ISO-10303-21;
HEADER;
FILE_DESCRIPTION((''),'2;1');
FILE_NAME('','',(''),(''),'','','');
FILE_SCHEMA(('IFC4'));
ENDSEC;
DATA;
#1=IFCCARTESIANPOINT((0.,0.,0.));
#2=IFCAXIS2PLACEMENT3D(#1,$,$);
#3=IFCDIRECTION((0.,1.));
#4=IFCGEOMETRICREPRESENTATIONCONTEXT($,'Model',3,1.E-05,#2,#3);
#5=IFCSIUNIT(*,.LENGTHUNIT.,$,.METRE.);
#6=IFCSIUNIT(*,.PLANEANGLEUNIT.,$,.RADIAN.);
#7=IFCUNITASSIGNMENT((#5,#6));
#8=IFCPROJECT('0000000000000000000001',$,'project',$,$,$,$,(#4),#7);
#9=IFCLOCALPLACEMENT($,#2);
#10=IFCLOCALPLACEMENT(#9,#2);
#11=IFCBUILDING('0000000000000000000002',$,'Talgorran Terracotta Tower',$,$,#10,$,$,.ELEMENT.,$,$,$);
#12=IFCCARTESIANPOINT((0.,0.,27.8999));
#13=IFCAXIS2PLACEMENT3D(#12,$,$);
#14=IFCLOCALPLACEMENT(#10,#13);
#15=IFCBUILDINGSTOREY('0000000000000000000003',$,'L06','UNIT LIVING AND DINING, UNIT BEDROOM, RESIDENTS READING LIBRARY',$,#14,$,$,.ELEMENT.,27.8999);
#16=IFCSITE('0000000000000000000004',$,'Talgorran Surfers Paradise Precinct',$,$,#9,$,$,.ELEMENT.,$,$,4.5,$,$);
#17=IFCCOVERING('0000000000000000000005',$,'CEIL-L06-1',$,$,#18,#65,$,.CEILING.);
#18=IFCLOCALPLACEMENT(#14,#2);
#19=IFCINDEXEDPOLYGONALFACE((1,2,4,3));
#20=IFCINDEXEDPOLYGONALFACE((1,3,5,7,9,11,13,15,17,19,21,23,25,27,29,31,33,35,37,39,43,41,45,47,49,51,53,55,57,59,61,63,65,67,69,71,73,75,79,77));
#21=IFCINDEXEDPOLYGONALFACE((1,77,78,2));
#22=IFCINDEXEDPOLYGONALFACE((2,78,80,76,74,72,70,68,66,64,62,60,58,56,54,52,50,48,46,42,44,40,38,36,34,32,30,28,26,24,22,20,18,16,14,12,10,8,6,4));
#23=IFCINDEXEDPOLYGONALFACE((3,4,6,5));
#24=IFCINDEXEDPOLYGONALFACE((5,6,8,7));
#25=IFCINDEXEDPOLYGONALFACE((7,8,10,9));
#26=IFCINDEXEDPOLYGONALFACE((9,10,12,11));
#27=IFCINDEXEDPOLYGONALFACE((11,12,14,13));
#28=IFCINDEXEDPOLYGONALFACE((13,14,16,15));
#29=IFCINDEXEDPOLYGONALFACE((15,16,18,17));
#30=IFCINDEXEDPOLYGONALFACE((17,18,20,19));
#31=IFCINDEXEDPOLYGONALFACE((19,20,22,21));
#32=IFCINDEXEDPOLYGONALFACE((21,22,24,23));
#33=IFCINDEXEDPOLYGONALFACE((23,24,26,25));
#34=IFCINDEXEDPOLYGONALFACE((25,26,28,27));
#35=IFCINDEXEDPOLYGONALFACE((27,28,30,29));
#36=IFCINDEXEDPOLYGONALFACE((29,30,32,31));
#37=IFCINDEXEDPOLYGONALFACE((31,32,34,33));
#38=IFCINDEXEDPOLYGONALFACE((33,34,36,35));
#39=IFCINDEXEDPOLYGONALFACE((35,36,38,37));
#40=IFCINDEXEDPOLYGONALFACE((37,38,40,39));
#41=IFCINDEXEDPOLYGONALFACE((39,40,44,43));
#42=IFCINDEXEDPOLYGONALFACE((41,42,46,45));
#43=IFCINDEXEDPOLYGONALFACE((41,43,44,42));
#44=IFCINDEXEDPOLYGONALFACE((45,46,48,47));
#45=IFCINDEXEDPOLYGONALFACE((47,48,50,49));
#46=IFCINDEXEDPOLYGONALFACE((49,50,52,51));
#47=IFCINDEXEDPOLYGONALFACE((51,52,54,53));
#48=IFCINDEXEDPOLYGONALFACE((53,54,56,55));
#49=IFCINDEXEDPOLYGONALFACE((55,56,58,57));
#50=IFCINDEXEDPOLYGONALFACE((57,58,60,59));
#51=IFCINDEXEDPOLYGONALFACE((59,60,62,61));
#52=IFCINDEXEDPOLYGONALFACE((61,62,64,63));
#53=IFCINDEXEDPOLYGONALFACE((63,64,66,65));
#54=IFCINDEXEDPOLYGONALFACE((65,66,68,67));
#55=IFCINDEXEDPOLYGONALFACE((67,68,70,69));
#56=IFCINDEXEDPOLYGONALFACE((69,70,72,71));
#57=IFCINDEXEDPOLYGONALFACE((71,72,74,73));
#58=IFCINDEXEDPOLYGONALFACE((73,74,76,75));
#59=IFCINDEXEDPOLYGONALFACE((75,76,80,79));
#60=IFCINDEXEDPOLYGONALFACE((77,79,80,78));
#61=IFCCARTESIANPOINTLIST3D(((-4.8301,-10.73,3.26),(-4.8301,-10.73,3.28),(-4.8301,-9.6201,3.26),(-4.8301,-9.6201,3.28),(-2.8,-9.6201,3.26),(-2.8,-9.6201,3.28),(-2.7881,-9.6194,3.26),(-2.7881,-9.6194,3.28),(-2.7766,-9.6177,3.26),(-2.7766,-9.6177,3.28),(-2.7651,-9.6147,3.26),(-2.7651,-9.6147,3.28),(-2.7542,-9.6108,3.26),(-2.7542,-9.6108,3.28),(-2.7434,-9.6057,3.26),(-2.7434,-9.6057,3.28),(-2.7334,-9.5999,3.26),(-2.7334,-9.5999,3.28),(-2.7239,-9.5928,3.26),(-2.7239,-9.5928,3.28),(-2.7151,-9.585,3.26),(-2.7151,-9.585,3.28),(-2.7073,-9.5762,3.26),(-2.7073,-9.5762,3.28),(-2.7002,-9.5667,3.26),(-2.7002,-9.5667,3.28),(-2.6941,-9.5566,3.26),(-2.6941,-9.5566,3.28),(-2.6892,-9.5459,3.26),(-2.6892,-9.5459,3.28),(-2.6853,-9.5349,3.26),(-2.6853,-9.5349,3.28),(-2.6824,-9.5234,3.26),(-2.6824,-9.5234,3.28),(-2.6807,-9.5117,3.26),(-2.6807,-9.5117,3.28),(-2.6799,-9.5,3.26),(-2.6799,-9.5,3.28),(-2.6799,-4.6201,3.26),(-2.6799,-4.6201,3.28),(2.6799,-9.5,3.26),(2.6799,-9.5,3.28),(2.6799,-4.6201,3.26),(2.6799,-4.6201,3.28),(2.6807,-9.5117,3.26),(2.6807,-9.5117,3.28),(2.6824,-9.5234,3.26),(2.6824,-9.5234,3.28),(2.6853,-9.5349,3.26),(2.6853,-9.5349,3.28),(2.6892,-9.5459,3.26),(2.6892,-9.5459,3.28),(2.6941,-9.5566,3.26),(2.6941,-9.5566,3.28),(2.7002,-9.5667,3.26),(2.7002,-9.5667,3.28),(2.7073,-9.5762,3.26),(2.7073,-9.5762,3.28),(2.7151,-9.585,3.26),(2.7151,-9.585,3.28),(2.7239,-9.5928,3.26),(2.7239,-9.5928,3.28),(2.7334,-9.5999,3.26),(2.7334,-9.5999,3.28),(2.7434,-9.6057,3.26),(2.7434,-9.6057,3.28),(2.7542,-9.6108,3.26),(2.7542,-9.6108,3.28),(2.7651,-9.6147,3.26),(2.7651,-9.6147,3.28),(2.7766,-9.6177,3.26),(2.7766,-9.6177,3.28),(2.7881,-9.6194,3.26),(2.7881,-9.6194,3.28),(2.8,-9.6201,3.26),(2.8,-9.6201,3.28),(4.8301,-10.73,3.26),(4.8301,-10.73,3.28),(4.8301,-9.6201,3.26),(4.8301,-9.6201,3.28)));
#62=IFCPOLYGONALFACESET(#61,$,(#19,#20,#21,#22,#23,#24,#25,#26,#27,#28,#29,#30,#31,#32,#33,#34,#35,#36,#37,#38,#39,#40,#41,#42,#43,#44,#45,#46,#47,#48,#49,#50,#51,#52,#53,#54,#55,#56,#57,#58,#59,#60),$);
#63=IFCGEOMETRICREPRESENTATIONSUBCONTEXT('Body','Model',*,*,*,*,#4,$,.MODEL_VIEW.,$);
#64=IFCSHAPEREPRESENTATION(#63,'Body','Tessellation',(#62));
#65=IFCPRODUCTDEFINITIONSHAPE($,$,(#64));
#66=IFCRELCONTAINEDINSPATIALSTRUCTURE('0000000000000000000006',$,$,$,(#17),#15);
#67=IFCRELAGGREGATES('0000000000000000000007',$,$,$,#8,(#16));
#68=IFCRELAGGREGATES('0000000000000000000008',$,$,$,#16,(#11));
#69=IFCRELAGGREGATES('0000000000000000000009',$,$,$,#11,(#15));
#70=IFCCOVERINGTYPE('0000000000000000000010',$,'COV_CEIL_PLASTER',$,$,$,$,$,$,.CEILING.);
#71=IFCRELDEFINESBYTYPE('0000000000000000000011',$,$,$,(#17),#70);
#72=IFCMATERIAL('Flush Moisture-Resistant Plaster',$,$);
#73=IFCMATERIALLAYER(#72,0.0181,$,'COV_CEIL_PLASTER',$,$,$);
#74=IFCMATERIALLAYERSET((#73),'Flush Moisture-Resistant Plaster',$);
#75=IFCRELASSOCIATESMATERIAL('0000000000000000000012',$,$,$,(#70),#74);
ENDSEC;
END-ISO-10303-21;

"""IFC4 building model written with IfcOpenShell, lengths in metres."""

from ifc_helpers import new_model, si_unit, direction, frame, origin, place, context, subcontext, project, spatial, polyline, outline, extrude, material, layer, layer_set, type_object, element, save


model = new_model("IFC4")

# Units and contexts
model_context = context("Model", 3, precision=1e-05, world=origin(), true_north=direction((0.0, 1.0)))
body_context = subcontext(model_context, "Body", "Model", "MODEL_VIEW")
ifc_project = project(units=[si_unit("LENGTHUNIT", "METRE"), si_unit("PLANEANGLEUNIT", "RADIAN")], contexts=[model_context])

# Site, building, storey
site_placement = place(None, origin())
site = spatial("IfcSite", under=ifc_project, at=site_placement, Name="Talgorran Surfers Paradise Precinct", CompositionType="ELEMENT", RefElevation=4.5)
building_placement = place(site_placement, origin())
building = spatial("IfcBuilding", under=site, at=building_placement, Name="Talgorran Terracotta Tower", CompositionType="ELEMENT")
storey_placement = place(building_placement, frame((0.0, 0.0, 27.8999)))
storey = spatial("IfcBuildingStorey", under=building, at=storey_placement, Name="L06", Description="UNIT LIVING AND DINING, UNIT BEDROOM, RESIDENTS READING LIBRARY", CompositionType="ELEMENT", Elevation=27.8999)

# Covering
ifc_material_1 = material(Name="Flush Moisture-Resistant Plaster")
ifc_layer_1 = layer(ifc_material_1, 0.0181, Name="COV_CEIL_PLASTER")
ifc_layer_set_1 = layer_set([ifc_layer_1], Name="Flush Moisture-Resistant Plaster")
covering_type_1 = type_object("IfcCoveringType", Name="COV_CEIL_PLASTER", PredefinedType="CEILING", material=ifc_layer_set_1)
covering_1_placement = place(storey_placement, frame((0.0, 0.0, 3.26)))
element("IfcCovering", 1, at=covering_1_placement, inside=storey, type_object=covering_type_1, Name="CEIL-L06-1", PredefinedType="CEILING", context=body_context, shape_type="SweptSolid", body=[
    extrude(outline(polyline([(-4.8301, -9.6201), (-2.8, -9.6201), (-2.7881, -9.6194), (-2.7766, -9.6177), (-2.7651, -9.6147), (-2.7542, -9.6108), (-2.7434, -9.6057), (-2.7334, -9.5999), (-2.7239, -9.5928), (-2.7151, -9.585), (-2.7073, -9.5762), (-2.7002, -9.5667), (-2.6941, -9.5566), (-2.6892, -9.5459), (-2.6853, -9.5349), (-2.6824, -9.5234), (-2.6807, -9.5117), (-2.6799, -9.5), (-2.6799, -4.6201), (2.6799, -4.6201), (2.6799, -9.5), (2.6807, -9.5117), (2.6824, -9.5234), (2.6853, -9.5349), (2.6892, -9.5459), (2.6941, -9.5566), (2.7002, -9.5667), (2.7073, -9.5762), (2.7151, -9.585), (2.7239, -9.5928), (2.7334, -9.5999), (2.7434, -9.6057), (2.7542, -9.6108), (2.7651, -9.6147), (2.7766, -9.6177), (2.7881, -9.6194), (2.8, -9.6201), (4.8301, -9.6201), (4.8301, -10.73), (-4.8301, -10.73), (-4.8301, -9.6201)])), origin(), (0.0, 0.0, 1.0), 0.02),
])

save(model, "model.ifc")
